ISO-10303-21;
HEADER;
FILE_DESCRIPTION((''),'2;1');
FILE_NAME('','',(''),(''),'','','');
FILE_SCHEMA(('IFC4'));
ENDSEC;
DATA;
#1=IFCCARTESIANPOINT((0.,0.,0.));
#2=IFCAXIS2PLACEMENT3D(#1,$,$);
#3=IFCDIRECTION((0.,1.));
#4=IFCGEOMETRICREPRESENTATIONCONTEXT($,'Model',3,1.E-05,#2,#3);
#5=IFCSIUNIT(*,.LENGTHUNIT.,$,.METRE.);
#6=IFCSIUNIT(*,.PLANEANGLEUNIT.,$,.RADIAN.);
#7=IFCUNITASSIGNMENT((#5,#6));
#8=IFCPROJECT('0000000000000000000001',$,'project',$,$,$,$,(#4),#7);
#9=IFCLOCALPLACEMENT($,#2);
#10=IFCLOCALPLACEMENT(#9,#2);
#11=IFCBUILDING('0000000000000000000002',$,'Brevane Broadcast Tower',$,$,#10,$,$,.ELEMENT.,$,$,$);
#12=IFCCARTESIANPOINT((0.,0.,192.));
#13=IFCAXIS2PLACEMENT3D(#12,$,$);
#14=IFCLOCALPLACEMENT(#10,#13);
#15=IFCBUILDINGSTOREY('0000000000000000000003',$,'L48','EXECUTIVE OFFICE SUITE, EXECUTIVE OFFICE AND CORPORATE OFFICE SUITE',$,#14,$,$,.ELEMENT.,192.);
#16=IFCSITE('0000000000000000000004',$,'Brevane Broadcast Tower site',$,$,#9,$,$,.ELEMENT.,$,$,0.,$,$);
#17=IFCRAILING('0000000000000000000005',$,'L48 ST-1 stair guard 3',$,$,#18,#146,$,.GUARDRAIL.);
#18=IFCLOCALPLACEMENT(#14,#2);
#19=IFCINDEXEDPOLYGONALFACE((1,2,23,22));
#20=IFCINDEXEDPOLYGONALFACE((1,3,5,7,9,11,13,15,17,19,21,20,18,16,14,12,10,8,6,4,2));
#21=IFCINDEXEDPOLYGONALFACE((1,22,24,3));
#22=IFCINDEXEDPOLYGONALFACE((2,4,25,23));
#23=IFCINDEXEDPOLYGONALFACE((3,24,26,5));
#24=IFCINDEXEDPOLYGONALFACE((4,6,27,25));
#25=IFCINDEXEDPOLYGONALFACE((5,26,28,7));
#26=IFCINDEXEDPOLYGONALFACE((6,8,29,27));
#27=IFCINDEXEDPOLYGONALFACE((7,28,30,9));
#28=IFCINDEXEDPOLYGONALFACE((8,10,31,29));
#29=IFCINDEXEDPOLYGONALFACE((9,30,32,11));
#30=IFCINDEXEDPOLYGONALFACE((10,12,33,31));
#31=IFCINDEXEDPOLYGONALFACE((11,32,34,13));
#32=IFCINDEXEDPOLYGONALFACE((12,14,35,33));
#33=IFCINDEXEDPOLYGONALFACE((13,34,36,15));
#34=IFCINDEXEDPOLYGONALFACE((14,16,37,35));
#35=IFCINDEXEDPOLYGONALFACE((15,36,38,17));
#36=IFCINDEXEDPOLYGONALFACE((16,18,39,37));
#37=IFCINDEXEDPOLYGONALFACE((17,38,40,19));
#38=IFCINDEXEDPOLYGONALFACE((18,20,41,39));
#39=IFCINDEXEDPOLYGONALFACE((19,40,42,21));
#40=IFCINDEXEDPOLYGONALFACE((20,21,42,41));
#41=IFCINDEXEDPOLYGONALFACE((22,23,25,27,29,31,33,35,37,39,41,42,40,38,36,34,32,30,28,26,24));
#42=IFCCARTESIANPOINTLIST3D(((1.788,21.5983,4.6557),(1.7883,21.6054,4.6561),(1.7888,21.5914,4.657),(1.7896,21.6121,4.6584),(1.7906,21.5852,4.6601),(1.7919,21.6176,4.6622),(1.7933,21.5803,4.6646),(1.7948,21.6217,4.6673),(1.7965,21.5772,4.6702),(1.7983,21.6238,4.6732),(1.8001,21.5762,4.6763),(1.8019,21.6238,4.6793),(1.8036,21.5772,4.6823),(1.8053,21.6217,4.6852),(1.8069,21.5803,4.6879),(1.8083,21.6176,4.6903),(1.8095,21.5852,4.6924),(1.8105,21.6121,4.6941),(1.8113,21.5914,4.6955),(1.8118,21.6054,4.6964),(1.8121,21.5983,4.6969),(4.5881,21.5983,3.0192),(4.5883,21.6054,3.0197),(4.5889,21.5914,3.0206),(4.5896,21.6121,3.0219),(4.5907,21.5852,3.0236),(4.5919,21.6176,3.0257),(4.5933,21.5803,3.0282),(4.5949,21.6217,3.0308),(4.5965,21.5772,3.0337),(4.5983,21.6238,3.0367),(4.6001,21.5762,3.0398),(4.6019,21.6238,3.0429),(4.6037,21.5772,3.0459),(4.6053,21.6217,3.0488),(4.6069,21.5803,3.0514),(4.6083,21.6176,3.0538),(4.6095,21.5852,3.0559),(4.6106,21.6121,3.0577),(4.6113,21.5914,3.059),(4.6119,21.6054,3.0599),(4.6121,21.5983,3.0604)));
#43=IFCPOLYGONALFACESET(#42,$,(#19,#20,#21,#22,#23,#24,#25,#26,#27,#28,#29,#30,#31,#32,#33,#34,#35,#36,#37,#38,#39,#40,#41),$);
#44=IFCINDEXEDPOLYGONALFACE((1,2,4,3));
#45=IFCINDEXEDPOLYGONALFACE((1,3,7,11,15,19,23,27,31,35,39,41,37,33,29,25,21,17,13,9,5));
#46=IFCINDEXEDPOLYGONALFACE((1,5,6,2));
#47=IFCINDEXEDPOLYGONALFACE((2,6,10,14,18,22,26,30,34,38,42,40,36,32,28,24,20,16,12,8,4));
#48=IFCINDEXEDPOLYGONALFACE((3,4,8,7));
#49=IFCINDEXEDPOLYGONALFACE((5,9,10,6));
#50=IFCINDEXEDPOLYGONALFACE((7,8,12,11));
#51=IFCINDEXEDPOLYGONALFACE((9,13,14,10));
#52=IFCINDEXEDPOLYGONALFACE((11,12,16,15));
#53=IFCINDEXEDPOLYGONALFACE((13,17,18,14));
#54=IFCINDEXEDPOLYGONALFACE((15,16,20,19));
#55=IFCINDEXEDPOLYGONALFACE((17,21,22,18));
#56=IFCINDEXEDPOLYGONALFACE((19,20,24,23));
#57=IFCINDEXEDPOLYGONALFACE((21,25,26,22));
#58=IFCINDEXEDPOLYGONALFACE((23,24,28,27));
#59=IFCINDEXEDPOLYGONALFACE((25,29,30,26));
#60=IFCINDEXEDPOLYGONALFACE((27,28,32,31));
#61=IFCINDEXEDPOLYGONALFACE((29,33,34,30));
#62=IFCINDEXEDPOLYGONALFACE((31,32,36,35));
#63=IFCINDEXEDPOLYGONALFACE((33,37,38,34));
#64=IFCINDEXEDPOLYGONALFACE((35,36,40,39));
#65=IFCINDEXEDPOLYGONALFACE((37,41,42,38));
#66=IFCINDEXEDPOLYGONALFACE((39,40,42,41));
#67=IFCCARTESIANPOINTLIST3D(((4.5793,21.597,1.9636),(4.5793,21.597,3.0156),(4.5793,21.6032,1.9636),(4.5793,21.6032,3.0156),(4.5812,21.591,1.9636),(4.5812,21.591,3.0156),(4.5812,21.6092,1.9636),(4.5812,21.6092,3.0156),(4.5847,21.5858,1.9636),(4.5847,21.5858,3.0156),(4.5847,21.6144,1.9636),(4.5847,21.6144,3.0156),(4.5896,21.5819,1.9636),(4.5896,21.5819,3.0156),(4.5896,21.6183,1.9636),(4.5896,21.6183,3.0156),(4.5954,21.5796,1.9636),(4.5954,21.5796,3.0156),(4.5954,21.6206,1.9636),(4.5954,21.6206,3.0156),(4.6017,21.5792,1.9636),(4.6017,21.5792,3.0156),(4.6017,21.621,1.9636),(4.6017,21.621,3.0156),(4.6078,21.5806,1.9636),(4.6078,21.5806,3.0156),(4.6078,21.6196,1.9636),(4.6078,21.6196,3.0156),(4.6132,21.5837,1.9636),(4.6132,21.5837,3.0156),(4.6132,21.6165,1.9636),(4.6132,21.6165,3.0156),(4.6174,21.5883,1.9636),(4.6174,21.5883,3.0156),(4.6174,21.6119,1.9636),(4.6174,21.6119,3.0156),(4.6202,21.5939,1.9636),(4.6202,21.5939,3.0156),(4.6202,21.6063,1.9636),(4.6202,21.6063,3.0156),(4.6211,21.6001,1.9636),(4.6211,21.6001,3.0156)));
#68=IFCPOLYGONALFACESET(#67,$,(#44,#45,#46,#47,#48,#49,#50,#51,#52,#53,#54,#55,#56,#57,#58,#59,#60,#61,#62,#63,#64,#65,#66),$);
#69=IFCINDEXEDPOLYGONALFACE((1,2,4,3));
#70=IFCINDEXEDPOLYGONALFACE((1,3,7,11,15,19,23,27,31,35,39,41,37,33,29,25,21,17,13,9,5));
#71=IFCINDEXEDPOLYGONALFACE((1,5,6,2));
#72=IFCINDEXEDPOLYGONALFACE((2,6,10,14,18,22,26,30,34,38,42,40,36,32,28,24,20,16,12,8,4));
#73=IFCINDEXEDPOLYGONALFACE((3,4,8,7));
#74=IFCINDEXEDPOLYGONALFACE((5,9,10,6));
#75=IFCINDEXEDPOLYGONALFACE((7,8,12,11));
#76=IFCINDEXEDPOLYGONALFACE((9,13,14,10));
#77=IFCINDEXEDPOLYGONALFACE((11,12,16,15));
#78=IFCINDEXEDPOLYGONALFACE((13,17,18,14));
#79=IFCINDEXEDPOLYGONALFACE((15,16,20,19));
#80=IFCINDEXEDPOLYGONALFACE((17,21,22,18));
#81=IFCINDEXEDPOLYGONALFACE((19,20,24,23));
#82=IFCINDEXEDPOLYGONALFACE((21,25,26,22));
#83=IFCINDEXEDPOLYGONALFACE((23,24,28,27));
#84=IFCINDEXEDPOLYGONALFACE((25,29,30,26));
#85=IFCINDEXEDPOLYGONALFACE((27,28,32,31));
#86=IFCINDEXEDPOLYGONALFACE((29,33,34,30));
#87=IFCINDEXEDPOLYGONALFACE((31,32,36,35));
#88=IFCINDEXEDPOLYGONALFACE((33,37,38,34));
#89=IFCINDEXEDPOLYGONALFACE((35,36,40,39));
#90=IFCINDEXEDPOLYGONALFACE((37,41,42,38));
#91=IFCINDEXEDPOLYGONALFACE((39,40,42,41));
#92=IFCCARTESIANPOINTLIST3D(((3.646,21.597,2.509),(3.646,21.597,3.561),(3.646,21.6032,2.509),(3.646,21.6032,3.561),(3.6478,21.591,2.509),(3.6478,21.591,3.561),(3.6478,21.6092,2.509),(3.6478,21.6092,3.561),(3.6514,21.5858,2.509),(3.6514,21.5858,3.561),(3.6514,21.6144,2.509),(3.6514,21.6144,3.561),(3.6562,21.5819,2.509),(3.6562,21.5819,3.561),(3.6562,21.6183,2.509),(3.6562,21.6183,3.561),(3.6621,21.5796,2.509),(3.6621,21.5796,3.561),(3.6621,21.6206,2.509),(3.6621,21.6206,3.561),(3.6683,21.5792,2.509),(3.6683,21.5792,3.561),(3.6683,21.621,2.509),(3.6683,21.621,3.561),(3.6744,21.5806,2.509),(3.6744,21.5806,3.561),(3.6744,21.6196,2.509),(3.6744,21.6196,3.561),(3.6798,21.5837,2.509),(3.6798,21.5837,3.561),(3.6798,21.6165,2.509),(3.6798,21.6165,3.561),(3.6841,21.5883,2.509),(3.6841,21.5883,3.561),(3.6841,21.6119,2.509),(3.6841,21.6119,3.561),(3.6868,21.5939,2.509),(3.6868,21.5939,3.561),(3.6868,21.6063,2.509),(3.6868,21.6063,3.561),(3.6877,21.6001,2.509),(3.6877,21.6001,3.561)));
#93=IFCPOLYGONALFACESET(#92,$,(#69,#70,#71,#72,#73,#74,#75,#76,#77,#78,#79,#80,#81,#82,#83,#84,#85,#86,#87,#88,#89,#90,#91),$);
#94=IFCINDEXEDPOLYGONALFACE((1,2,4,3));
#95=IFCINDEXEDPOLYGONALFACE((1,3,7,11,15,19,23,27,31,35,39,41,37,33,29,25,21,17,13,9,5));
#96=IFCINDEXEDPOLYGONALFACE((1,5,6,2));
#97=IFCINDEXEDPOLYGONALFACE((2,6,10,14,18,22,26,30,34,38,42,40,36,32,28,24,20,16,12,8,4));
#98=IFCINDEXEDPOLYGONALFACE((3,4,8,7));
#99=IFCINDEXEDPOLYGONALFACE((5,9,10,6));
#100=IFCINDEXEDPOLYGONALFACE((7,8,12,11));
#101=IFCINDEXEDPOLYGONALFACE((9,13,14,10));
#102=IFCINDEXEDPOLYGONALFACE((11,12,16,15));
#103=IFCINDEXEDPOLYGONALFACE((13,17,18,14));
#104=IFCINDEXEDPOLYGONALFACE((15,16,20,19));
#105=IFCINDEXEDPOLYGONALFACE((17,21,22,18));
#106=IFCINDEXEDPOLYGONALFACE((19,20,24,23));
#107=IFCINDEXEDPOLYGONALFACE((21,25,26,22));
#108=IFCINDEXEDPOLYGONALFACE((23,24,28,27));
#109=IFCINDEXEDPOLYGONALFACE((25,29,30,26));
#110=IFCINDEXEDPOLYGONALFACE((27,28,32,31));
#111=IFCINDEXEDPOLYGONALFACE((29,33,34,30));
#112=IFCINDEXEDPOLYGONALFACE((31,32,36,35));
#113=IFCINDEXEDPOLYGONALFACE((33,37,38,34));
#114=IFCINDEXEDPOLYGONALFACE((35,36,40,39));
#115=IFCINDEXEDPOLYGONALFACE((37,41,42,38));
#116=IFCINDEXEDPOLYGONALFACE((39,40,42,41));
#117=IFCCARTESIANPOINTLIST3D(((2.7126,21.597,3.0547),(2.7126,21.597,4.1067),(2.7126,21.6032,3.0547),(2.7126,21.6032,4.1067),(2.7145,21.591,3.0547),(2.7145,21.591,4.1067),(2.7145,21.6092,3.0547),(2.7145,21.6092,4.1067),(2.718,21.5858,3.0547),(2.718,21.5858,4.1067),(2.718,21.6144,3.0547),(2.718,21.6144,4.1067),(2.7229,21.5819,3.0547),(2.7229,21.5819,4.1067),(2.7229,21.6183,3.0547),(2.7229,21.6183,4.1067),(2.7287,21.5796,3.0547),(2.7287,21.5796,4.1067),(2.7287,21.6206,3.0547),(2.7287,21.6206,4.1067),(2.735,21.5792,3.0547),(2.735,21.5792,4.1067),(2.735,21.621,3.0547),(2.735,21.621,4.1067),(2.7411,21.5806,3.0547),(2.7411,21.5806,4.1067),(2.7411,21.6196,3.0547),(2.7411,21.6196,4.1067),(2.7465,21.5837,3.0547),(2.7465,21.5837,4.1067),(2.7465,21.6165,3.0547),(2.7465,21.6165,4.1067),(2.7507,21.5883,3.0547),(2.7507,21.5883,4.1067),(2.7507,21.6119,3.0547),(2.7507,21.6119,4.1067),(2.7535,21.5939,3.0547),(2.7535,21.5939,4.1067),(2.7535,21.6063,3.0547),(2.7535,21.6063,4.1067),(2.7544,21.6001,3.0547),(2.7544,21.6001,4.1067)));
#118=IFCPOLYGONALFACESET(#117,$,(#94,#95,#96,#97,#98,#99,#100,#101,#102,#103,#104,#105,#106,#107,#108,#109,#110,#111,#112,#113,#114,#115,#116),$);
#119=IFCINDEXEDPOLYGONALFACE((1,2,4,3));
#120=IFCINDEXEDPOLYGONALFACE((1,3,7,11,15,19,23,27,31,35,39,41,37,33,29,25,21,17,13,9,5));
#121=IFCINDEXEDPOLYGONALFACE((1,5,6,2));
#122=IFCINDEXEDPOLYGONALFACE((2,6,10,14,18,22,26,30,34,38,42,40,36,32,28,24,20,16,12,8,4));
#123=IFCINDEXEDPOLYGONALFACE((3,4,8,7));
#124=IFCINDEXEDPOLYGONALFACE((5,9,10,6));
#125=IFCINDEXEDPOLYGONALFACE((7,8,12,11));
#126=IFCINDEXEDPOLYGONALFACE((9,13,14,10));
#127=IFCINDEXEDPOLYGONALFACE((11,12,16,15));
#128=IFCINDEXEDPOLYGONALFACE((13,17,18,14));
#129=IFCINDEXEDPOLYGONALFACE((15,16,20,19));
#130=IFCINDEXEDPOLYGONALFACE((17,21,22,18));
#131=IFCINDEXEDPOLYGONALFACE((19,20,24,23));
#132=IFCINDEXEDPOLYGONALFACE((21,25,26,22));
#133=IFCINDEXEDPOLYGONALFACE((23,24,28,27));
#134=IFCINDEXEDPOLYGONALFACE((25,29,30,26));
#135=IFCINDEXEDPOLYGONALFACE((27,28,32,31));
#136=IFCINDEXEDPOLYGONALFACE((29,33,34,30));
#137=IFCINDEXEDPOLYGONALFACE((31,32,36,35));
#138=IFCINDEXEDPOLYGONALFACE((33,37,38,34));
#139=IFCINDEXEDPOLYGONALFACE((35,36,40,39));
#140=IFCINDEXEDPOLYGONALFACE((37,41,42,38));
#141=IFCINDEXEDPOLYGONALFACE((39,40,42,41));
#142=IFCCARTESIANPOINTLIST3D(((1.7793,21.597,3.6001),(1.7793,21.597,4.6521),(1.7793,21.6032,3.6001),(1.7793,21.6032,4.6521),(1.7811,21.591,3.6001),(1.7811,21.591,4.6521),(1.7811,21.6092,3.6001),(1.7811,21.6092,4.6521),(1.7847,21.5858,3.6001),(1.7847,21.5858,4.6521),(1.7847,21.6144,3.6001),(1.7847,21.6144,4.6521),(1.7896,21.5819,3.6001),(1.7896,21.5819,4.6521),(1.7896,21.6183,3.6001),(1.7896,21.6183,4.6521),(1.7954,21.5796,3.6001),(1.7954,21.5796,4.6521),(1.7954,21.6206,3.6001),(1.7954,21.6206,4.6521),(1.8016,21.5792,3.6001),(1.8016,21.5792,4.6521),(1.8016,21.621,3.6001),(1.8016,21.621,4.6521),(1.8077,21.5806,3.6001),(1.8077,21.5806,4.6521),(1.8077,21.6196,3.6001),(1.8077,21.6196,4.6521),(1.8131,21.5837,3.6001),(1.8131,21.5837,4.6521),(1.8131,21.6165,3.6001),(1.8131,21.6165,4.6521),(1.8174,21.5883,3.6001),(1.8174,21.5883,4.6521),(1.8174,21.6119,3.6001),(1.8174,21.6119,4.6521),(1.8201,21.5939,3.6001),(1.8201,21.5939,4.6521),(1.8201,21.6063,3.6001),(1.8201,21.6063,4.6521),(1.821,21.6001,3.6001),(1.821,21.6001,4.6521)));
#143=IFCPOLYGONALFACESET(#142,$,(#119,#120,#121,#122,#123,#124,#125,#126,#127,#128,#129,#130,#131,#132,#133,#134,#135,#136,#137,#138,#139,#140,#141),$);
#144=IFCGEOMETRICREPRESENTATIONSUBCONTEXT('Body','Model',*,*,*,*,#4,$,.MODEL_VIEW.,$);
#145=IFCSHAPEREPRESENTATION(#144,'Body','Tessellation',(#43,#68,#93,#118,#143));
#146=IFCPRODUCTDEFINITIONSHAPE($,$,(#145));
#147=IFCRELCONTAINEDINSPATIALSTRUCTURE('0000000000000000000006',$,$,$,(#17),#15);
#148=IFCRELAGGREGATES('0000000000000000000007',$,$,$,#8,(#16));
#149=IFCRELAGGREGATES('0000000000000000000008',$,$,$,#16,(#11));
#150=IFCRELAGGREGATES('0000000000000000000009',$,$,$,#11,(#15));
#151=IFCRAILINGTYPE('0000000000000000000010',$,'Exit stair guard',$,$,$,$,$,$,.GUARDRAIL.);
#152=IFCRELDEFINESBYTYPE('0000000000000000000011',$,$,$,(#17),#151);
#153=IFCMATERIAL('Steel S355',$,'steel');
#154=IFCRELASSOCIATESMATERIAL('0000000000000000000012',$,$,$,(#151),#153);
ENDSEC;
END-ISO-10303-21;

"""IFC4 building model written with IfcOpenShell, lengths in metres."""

from ifc_helpers import new_model, si_unit, direction, frame, origin, origin_2d, place, context, subcontext, project, spatial, circle, extrude, material, type_object, element, save


model = new_model("IFC4")

# Units and contexts
model_context = context("Model", 3, precision=1e-05, world=origin(), true_north=direction((0.0, 1.0)))
body_context = subcontext(model_context, "Body", "Model", "MODEL_VIEW")
ifc_project = project(units=[si_unit("LENGTHUNIT", "METRE"), si_unit("PLANEANGLEUNIT", "RADIAN")], contexts=[model_context])

# Site, building, storey
site_placement = place(None, origin())
site = spatial("IfcSite", under=ifc_project, at=site_placement, Name="Brevane Broadcast Tower site", CompositionType="ELEMENT", RefElevation=0.0)
building_placement = place(site_placement, origin())
building = spatial("IfcBuilding", under=site, at=building_placement, Name="Brevane Broadcast Tower", CompositionType="ELEMENT")
storey_placement = place(building_placement, frame((0.0, 0.0, 192.0)))
storey = spatial("IfcBuildingStorey", under=building, at=storey_placement, Name="L48", Description="EXECUTIVE OFFICE SUITE, EXECUTIVE OFFICE AND CORPORATE OFFICE SUITE", CompositionType="ELEMENT", Elevation=192.0)

# Railing
ifc_material_1 = material(Name="Steel S355", Category="steel")
railing_type_1 = type_object("IfcRailingType", Name="Exit stair guard", PredefinedType="GUARDRAIL", material=ifc_material_1)
railing_1_placement = place(storey_placement, frame((4.6001, 21.6001, 1.9636)))
element("IfcRailing", 1, at=railing_1_placement, inside=storey, type_object=railing_type_1, Name="L48 ST-1 stair guard 3", PredefinedType="GUARDRAIL", context=body_context, shape_type="SweptSolid", body=[
    extrude(circle(Radius=0.0239, at=origin_2d()), frame((0.0, 0.0, 1.0762), z_axis=(-0.863361, 0.0, 0.504587), x_axis=(0.0, -1.0, 0.0)), (0.0, 0.0, 1.0), 3.2432),
    extrude(circle(Radius=0.021, at=origin_2d()), origin(), (0.0, 0.0, 1.0), 1.052),
    extrude(circle(Radius=0.021, at=origin_2d()), frame((-0.9333, 0.0, 0.5454)), (0.0, 0.0, 1.0), 1.052),
    extrude(circle(Radius=0.021, at=origin_2d()), frame((-1.8667, 0.0, 1.0911)), (0.0, 0.0, 1.0), 1.052),
    extrude(circle(Radius=0.021, at=origin_2d()), frame((-2.8, 0.0, 1.6365)), (0.0, 0.0, 1.0), 1.052),
])

save(model, "model.ifc")
